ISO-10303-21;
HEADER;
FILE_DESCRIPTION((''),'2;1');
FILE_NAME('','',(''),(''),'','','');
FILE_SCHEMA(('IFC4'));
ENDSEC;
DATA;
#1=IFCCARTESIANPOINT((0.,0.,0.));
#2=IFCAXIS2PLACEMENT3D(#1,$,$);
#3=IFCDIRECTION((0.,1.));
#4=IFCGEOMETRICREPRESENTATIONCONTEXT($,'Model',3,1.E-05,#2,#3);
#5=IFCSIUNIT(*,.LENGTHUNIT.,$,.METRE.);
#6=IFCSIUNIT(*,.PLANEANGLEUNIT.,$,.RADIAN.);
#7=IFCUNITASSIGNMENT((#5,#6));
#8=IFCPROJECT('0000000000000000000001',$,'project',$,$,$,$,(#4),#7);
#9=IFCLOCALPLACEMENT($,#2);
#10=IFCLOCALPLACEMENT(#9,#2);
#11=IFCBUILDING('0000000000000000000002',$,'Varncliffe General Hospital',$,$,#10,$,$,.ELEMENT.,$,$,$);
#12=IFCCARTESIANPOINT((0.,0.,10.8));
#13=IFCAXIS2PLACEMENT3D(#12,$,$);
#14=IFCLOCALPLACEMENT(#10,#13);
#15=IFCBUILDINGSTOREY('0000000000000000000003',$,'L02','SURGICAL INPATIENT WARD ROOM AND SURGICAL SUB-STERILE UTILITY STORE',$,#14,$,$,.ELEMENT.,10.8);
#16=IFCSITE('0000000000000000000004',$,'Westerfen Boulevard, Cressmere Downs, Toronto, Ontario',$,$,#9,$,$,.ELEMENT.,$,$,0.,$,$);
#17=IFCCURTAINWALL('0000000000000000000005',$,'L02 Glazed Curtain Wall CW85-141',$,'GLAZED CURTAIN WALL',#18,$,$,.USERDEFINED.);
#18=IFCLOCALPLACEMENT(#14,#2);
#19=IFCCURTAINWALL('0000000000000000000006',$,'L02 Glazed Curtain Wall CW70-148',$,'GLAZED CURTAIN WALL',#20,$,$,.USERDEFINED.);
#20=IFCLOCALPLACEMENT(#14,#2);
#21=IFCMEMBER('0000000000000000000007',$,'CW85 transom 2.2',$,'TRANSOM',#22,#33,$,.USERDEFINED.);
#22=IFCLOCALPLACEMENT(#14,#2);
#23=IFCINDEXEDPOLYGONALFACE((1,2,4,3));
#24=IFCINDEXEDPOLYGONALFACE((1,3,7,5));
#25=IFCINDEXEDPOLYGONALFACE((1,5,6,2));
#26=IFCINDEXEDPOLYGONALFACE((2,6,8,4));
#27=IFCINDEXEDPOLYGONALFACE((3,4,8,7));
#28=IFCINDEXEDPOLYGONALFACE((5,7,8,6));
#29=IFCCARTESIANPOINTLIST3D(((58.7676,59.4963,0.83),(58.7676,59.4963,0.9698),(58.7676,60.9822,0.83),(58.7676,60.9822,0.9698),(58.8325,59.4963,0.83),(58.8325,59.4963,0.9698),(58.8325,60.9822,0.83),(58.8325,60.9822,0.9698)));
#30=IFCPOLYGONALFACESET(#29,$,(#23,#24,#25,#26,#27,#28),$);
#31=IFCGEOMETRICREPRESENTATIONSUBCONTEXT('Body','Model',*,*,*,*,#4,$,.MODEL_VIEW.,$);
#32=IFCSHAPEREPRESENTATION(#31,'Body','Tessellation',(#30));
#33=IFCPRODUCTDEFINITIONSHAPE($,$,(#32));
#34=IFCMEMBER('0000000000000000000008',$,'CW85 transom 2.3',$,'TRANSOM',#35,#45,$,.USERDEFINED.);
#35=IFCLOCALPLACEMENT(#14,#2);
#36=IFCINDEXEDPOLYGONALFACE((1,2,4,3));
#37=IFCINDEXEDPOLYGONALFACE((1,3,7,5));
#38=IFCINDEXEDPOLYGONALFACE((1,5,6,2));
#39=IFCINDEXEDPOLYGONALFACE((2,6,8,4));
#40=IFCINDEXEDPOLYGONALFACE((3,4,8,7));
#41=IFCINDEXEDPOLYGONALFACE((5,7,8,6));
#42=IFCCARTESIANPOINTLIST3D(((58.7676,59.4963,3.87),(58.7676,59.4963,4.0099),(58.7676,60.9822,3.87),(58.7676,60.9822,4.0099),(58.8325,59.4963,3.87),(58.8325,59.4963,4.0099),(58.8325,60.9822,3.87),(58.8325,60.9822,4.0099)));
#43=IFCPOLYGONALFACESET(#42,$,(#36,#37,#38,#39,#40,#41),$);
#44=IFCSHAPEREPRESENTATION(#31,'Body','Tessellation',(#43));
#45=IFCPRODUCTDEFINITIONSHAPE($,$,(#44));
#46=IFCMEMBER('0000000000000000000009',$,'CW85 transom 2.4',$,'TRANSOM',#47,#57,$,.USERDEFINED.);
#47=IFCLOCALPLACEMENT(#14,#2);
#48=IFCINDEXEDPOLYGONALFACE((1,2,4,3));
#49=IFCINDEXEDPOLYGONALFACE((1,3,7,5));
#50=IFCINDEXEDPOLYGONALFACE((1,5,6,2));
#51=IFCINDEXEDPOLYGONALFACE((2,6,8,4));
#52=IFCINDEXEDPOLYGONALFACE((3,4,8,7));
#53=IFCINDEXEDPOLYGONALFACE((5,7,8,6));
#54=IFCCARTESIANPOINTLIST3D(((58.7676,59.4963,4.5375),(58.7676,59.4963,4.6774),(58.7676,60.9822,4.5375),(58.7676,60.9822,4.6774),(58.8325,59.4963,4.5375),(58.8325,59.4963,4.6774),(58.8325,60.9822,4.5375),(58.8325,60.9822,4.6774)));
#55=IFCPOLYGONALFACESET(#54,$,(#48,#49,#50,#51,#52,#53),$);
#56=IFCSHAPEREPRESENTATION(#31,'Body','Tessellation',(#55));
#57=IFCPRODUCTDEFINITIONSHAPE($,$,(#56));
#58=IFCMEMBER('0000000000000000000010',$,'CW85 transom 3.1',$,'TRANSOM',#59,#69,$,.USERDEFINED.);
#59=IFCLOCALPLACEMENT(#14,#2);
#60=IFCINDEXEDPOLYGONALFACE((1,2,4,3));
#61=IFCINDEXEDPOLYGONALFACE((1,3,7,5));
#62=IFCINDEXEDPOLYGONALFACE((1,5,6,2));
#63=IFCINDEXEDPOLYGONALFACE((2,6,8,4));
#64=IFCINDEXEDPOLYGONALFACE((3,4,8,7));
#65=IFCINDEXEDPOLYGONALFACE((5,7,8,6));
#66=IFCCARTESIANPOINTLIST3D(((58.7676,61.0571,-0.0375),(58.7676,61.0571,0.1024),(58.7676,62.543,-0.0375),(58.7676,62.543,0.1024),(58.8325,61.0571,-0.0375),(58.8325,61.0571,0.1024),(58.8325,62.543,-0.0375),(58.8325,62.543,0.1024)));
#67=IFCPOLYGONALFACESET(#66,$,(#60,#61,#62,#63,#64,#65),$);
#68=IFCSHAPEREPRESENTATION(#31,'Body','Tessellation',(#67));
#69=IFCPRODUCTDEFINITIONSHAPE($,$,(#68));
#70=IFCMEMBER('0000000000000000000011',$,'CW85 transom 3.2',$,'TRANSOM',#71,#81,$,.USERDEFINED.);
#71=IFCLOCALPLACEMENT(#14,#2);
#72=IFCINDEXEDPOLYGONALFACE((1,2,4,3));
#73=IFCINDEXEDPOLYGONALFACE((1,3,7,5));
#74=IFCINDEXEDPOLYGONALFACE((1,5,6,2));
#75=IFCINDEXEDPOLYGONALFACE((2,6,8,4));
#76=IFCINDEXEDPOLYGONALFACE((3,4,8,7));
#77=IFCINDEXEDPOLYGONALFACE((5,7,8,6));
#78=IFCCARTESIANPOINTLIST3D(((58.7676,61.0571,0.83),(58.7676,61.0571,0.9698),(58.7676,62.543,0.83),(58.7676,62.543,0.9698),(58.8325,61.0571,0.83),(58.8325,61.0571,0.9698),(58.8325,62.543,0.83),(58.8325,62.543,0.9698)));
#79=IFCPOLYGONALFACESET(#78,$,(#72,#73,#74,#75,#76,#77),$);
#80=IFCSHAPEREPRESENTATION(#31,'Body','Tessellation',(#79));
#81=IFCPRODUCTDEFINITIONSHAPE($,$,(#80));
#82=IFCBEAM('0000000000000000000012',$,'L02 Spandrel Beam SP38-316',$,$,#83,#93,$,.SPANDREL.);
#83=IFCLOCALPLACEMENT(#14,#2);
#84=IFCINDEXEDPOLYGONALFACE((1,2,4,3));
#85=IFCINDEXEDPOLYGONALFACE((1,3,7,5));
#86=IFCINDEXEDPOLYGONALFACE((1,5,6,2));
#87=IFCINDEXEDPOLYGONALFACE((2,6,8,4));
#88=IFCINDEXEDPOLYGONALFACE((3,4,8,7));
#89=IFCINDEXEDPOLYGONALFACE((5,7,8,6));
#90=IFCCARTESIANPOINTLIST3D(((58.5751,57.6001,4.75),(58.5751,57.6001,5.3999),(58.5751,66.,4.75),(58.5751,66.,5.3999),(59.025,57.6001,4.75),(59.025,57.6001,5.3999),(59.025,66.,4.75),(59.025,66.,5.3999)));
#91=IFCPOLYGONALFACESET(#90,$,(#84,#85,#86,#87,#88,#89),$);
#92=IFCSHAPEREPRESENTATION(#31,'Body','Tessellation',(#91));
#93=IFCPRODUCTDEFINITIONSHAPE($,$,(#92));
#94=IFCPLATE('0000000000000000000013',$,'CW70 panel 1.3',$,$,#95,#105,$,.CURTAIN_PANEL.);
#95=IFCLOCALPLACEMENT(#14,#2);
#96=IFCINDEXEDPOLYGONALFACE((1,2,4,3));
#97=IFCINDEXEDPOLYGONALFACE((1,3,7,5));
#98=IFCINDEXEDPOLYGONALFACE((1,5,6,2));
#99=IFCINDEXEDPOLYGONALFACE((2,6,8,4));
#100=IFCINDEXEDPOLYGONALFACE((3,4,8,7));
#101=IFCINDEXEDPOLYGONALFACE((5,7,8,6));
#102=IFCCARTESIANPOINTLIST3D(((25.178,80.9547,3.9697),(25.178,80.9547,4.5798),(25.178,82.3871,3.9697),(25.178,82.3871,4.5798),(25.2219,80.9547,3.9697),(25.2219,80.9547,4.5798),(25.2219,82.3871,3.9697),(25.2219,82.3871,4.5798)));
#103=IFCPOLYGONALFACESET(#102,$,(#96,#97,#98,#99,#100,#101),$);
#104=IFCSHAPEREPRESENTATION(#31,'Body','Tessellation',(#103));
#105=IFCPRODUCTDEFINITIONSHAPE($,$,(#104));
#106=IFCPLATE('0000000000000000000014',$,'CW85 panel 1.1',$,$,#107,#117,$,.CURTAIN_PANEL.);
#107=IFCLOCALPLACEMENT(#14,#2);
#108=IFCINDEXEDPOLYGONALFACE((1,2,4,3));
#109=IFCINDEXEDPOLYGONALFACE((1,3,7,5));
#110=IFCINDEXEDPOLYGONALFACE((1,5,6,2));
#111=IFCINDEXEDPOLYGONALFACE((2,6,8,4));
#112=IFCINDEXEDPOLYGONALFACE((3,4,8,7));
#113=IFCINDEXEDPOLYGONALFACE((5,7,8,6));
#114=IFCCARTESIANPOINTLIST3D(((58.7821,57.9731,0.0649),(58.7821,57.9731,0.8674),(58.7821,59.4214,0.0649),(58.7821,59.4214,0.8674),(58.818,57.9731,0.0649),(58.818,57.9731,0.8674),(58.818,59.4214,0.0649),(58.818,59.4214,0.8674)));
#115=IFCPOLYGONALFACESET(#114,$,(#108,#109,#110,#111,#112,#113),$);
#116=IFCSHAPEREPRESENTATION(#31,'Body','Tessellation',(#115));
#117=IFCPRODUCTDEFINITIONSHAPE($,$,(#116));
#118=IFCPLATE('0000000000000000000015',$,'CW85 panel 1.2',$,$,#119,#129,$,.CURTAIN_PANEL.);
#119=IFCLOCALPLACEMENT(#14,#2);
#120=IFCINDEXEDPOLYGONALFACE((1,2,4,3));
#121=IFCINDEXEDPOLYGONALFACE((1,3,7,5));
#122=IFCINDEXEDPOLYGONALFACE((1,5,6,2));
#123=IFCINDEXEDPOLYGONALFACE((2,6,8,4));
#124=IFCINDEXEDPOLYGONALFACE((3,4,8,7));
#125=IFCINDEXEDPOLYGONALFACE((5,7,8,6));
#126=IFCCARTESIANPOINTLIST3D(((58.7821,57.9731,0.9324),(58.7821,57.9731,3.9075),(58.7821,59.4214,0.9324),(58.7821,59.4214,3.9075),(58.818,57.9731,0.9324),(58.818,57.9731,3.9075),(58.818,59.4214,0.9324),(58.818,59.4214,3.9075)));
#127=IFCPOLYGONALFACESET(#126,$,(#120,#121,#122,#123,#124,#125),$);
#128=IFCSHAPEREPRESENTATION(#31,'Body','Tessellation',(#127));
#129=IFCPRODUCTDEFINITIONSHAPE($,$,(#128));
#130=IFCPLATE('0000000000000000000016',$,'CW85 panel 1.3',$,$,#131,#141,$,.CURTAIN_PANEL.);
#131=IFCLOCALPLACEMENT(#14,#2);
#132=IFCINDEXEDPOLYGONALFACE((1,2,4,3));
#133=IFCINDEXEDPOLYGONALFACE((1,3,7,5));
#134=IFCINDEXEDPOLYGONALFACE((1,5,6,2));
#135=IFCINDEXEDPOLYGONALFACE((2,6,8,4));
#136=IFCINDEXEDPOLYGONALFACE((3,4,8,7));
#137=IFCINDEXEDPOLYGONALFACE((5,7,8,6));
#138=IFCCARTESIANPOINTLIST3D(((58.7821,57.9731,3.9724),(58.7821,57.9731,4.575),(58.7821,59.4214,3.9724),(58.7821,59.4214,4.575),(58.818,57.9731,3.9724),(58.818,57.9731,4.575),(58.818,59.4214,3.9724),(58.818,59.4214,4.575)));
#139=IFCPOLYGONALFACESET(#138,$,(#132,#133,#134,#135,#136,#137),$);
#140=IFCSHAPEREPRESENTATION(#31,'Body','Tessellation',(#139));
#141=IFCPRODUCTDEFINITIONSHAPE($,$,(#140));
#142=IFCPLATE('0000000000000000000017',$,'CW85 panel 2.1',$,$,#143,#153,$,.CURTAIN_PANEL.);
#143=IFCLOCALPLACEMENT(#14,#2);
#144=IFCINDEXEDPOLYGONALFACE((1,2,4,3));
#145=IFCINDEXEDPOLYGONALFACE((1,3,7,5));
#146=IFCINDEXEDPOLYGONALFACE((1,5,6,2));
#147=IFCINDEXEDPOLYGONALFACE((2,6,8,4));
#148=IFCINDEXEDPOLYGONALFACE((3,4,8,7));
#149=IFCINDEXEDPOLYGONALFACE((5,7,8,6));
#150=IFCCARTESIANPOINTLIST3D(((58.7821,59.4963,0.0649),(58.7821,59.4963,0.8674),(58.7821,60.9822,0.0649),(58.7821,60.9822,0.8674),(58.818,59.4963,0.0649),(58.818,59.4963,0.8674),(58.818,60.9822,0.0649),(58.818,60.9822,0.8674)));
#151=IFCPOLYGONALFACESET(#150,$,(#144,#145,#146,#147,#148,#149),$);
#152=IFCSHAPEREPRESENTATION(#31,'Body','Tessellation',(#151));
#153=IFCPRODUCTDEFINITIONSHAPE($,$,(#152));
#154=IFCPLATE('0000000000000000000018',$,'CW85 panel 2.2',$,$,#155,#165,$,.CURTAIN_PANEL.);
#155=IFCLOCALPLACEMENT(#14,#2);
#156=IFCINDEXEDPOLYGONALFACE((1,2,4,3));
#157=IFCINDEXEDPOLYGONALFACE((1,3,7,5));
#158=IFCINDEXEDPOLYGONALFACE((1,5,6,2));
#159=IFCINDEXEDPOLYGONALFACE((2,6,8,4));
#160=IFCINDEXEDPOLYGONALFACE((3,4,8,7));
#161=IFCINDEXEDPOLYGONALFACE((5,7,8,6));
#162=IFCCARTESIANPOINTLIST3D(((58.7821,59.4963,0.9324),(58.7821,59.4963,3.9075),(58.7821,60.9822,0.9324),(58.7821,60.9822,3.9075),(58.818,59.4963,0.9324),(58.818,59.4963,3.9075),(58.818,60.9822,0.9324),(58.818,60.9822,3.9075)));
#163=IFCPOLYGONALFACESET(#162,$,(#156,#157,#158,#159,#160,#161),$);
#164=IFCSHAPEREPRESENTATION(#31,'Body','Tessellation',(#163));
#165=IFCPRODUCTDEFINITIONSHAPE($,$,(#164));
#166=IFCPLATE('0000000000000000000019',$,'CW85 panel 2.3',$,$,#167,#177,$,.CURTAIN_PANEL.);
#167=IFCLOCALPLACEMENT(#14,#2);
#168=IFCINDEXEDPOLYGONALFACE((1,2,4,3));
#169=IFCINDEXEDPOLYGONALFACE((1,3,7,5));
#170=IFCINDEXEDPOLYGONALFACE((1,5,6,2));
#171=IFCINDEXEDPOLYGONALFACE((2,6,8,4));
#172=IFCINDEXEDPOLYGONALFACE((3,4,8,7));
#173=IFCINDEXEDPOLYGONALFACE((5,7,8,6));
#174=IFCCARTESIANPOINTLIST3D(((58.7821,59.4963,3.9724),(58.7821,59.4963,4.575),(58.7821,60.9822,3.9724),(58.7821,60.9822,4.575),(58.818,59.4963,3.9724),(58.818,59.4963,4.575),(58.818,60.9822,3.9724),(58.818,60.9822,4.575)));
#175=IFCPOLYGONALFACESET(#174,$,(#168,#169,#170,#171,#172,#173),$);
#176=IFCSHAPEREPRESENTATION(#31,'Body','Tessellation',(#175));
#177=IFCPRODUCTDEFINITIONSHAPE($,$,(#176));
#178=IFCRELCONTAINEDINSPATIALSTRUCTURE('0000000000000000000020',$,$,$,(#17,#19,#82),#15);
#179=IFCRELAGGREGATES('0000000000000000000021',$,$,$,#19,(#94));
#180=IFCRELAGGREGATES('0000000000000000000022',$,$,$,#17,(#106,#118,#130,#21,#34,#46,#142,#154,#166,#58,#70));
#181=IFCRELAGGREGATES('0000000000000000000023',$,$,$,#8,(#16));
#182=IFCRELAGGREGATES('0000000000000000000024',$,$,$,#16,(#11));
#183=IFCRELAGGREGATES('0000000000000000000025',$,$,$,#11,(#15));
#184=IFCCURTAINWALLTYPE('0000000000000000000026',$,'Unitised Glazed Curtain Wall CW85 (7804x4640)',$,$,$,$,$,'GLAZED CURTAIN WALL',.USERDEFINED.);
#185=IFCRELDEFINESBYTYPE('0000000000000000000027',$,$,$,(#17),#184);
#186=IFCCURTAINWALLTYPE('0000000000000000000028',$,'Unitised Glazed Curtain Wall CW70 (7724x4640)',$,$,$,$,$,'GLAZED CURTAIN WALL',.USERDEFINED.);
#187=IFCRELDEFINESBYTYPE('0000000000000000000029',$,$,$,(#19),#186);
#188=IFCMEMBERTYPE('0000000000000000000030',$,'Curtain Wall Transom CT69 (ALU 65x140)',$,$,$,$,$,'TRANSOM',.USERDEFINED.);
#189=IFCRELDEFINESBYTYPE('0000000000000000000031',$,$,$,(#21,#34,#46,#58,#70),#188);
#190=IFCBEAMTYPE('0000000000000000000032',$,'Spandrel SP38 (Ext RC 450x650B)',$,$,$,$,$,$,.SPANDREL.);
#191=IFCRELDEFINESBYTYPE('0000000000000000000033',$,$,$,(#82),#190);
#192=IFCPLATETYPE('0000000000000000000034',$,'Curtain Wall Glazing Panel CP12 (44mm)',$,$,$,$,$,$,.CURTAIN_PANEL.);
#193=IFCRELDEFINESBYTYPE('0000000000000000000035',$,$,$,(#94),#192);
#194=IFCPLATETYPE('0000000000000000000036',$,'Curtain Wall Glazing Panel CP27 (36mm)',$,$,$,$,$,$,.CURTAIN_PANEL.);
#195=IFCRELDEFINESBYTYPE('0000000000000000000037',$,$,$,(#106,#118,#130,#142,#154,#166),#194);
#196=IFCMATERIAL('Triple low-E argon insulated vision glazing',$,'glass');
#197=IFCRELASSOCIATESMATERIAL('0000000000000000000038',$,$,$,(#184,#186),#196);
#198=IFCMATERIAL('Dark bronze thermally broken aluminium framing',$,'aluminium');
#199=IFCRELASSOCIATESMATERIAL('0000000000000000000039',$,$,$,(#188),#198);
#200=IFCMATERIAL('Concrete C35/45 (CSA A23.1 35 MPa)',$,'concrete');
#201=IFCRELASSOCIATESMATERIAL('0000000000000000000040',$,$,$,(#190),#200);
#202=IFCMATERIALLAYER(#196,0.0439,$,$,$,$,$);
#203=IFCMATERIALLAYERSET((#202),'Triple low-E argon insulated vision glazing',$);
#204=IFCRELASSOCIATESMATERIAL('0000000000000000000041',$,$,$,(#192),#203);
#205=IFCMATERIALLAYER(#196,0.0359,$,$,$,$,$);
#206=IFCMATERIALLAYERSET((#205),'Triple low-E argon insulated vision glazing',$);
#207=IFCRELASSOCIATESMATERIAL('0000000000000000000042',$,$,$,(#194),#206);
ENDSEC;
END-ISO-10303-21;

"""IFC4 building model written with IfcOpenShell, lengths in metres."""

from ifc_helpers import new_model, si_unit, direction, frame, origin, origin_2d, place, context, subcontext, project, spatial, rectangle, extrude, material, layer, layer_set, material_profile, profile_set, type_object, element, aggregate, save


model = new_model("IFC4")

# Units and contexts
model_context = context("Model", 3, precision=1e-05, world=origin(), true_north=direction((0.0, 1.0)))
body_context = subcontext(model_context, "Body", "Model", "MODEL_VIEW")
ifc_project = project(units=[si_unit("LENGTHUNIT", "METRE"), si_unit("PLANEANGLEUNIT", "RADIAN")], contexts=[model_context])

# Site, building, storey
site_placement = place(None, origin())
site = spatial("IfcSite", under=ifc_project, at=site_placement, Name="Westerfen Boulevard, Cressmere Downs, Toronto, Ontario", CompositionType="ELEMENT", RefElevation=0.0)
building_placement = place(site_placement, origin())
building = spatial("IfcBuilding", under=site, at=building_placement, Name="Varncliffe General Hospital", CompositionType="ELEMENT")
storey_placement = place(building_placement, frame((0.0, 0.0, 10.8)))
storey = spatial("IfcBuildingStorey", under=building, at=storey_placement, Name="L02", Description="SURGICAL INPATIENT WARD ROOM AND SURGICAL SUB-STERILE UTILITY STORE", CompositionType="ELEMENT", Elevation=10.8)

# Shared definitions
ifc_material_1 = material(Name="Concrete C35/45 (CSA A23.1 35 MPa)", Category="concrete")

# Curtain walls
ifc_material_2 = material(Name="Triple low-E argon insulated vision glazing", Category="glass")
curtain_wall_type_1 = type_object("IfcCurtainWallType", Name="Unitised Glazed Curtain Wall CW85 (7804x4640)", ElementType="GLAZED CURTAIN WALL", PredefinedType="USERDEFINED", material=ifc_material_2)
curtain_wall_1_placement = place(storey_placement, origin())
curtain_wall_1 = element("IfcCurtainWall", 1, at=curtain_wall_1_placement, inside=storey, type_object=curtain_wall_type_1, Name="L02 Glazed Curtain Wall CW85-141", ObjectType="GLAZED CURTAIN WALL", PredefinedType="USERDEFINED")
ifc_material_3 = material(Name="Dark bronze thermally broken aluminium framing", Category="aluminium")
curtain_wall_type_2 = type_object("IfcCurtainWallType", Name="Unitised Glazed Curtain Wall CW70 (7724x4640)", ElementType="GLAZED CURTAIN WALL", PredefinedType="USERDEFINED", material=ifc_material_2)
curtain_wall_2_placement = place(storey_placement, origin())
curtain_wall_2 = element("IfcCurtainWall", 2, at=curtain_wall_2_placement, inside=storey, type_object=curtain_wall_type_2, Name="L02 Glazed Curtain Wall CW70-148", ObjectType="GLAZED CURTAIN WALL", PredefinedType="USERDEFINED")

# Members
ifc_material_profile_1 = material_profile(ifc_material_3, rectangle(XDim=0.0649, YDim=0.1399, at=origin_2d()), Name="ALU 65x140")
ifc_profile_set_1 = profile_set([ifc_material_profile_1], Name="Dark bronze thermally broken aluminium framing")
member_type_1 = type_object("IfcMemberType", Name="Curtain Wall Transom CT69 (ALU 65x140)", ElementType="TRANSOM", PredefinedType="USERDEFINED", material=ifc_profile_set_1)
member_1_placement = place(storey_placement, frame((58.8, 59.4963, 0.8999), z_axis=(0.0, 1.0, 0.0), x_axis=(-1.0, 0.0, 0.0)))
member_1 = element("IfcMember", 3, at=member_1_placement, type_object=member_type_1, Name="CW85 transom 2.2", ObjectType="TRANSOM", PredefinedType="USERDEFINED", context=body_context, shape_type="SweptSolid", body=[
    extrude(rectangle(XDim=0.0649, YDim=0.1399, at=origin_2d()), origin(), (0.0, 0.0, 1.0), 1.4858),
])
member_2_placement = place(storey_placement, frame((58.8, 59.4963, 3.9399), z_axis=(0.0, 1.0, 0.0), x_axis=(-1.0, 0.0, 0.0)))
member_2 = element("IfcMember", 4, at=member_2_placement, type_object=member_type_1, Name="CW85 transom 2.3", ObjectType="TRANSOM", PredefinedType="USERDEFINED", context=body_context, shape_type="SweptSolid", body=[
    extrude(rectangle(XDim=0.0649, YDim=0.1399, at=origin_2d()), origin(), (0.0, 0.0, 1.0), 1.4858),
])
member_3_placement = place(storey_placement, frame((58.8, 59.4963, 4.6074), z_axis=(0.0, 1.0, 0.0), x_axis=(-1.0, 0.0, 0.0)))
member_3 = element("IfcMember", 5, at=member_3_placement, type_object=member_type_1, Name="CW85 transom 2.4", ObjectType="TRANSOM", PredefinedType="USERDEFINED", context=body_context, shape_type="SweptSolid", body=[
    extrude(rectangle(XDim=0.0649, YDim=0.1399, at=origin_2d()), origin(), (0.0, 0.0, 1.0), 1.4858),
])
member_4_placement = place(storey_placement, frame((58.8, 61.0571, 0.0325), z_axis=(0.0, 1.0, 0.0), x_axis=(-1.0, 0.0, 0.0)))
member_4 = element("IfcMember", 6, at=member_4_placement, type_object=member_type_1, Name="CW85 transom 3.1", ObjectType="TRANSOM", PredefinedType="USERDEFINED", context=body_context, shape_type="SweptSolid", body=[
    extrude(rectangle(XDim=0.0649, YDim=0.1399, at=origin_2d()), origin(), (0.0, 0.0, 1.0), 1.4858),
])
member_5_placement = place(storey_placement, frame((58.8, 61.0571, 0.8999), z_axis=(0.0, 1.0, 0.0), x_axis=(-1.0, 0.0, 0.0)))
member_5 = element("IfcMember", 7, at=member_5_placement, type_object=member_type_1, Name="CW85 transom 3.2", ObjectType="TRANSOM", PredefinedType="USERDEFINED", context=body_context, shape_type="SweptSolid", body=[
    extrude(rectangle(XDim=0.0649, YDim=0.1399, at=origin_2d()), origin(), (0.0, 0.0, 1.0), 1.4858),
])

# Beam
ifc_material_profile_2 = material_profile(ifc_material_1, rectangle(XDim=0.45, YDim=0.6499, at=origin_2d()), Name="RC 450x650")
ifc_profile_set_2 = profile_set([ifc_material_profile_2], Name="Concrete C35/45 (CSA A23.1 35 MPa)")
beam_type_1 = type_object("IfcBeamType", Name="Spandrel SP38 (Ext RC 450x650B)", PredefinedType="SPANDREL", material=ifc_profile_set_2)
beam_1_placement = place(storey_placement, frame((58.8, 57.6001, 5.075), z_axis=(0.0, 1.0, 0.0), x_axis=(-1.0, 0.0, 0.0)))
element("IfcBeam", 8, at=beam_1_placement, inside=storey, type_object=beam_type_1, Name="L02 Spandrel Beam SP38-316", PredefinedType="SPANDREL", context=body_context, shape_type="SweptSolid", body=[
    extrude(rectangle(XDim=0.45, YDim=0.6499, at=origin_2d()), origin(), (0.0, 0.0, 1.0), 8.3999),
])

# Plates
ifc_layer_1 = layer(ifc_material_2, 0.0439)
ifc_layer_set_1 = layer_set([ifc_layer_1], Name="Triple low-E argon insulated vision glazing")
plate_type_1 = type_object("IfcPlateType", Name="Curtain Wall Glazing Panel CP12 (44mm)", PredefinedType="CURTAIN_PANEL", material=ifc_layer_set_1)
plate_1_placement = place(storey_placement, frame((25.2, 81.6709, 3.9697), z_axis=(0.0, 0.0, 1.0), x_axis=(0.0, -1.0, 0.0)))
plate_1 = element("IfcPlate", 9, at=plate_1_placement, type_object=plate_type_1, Name="CW70 panel 1.3", PredefinedType="CURTAIN_PANEL", context=body_context, shape_type="SweptSolid", body=[
    extrude(rectangle(XDim=1.4324, YDim=0.0439, at=origin_2d()), origin(), (0.0, 0.0, 1.0), 0.6101),
])
aggregate(curtain_wall_2, [plate_1])
ifc_layer_2 = layer(ifc_material_2, 0.0359)
ifc_layer_set_2 = layer_set([ifc_layer_2], Name="Triple low-E argon insulated vision glazing")
plate_type_2 = type_object("IfcPlateType", Name="Curtain Wall Glazing Panel CP27 (36mm)", PredefinedType="CURTAIN_PANEL", material=ifc_layer_set_2)
plate_2_placement = place(storey_placement, frame((58.8, 58.6973, 0.0649), z_axis=(0.0, 0.0, 1.0), x_axis=(0.0, 1.0, 0.0)))
plate_2 = element("IfcPlate", 10, at=plate_2_placement, type_object=plate_type_2, Name="CW85 panel 1.1", PredefinedType="CURTAIN_PANEL", context=body_context, shape_type="SweptSolid", body=[
    extrude(rectangle(XDim=1.4482, YDim=0.0359, at=origin_2d()), origin(), (0.0, 0.0, 1.0), 0.8025),
])
plate_3_placement = place(storey_placement, frame((58.8, 58.6973, 0.9324), z_axis=(0.0, 0.0, 1.0), x_axis=(0.0, 1.0, 0.0)))
plate_3 = element("IfcPlate", 11, at=plate_3_placement, type_object=plate_type_2, Name="CW85 panel 1.2", PredefinedType="CURTAIN_PANEL", context=body_context, shape_type="SweptSolid", body=[
    extrude(rectangle(XDim=1.4482, YDim=0.0359, at=origin_2d()), origin(), (0.0, 0.0, 1.0), 2.9751),
])
plate_4_placement = place(storey_placement, frame((58.8, 58.6973, 3.9724), z_axis=(0.0, 0.0, 1.0), x_axis=(0.0, 1.0, 0.0)))
plate_4 = element("IfcPlate", 12, at=plate_4_placement, type_object=plate_type_2, Name="CW85 panel 1.3", PredefinedType="CURTAIN_PANEL", context=body_context, shape_type="SweptSolid", body=[
    extrude(rectangle(XDim=1.4482, YDim=0.0359, at=origin_2d()), origin(), (0.0, 0.0, 1.0), 0.6025),
])
plate_5_placement = place(storey_placement, frame((58.8, 60.2393, 0.0649), z_axis=(0.0, 0.0, 1.0), x_axis=(0.0, 1.0, 0.0)))
plate_5 = element("IfcPlate", 13, at=plate_5_placement, type_object=plate_type_2, Name="CW85 panel 2.1", PredefinedType="CURTAIN_PANEL", context=body_context, shape_type="SweptSolid", body=[
    extrude(rectangle(XDim=1.4858, YDim=0.0359, at=origin_2d()), origin(), (0.0, 0.0, 1.0), 0.8025),
])
plate_6_placement = place(storey_placement, frame((58.8, 60.2393, 0.9324), z_axis=(0.0, 0.0, 1.0), x_axis=(0.0, 1.0, 0.0)))
plate_6 = element("IfcPlate", 14, at=plate_6_placement, type_object=plate_type_2, Name="CW85 panel 2.2", PredefinedType="CURTAIN_PANEL", context=body_context, shape_type="SweptSolid", body=[
    extrude(rectangle(XDim=1.4858, YDim=0.0359, at=origin_2d()), origin(), (0.0, 0.0, 1.0), 2.9751),
])
plate_7_placement = place(storey_placement, frame((58.8, 60.2393, 3.9724), z_axis=(0.0, 0.0, 1.0), x_axis=(0.0, 1.0, 0.0)))
plate_7 = element("IfcPlate", 15, at=plate_7_placement, type_object=plate_type_2, Name="CW85 panel 2.3", PredefinedType="CURTAIN_PANEL", context=body_context, shape_type="SweptSolid", body=[
    extrude(rectangle(XDim=1.4858, YDim=0.0359, at=origin_2d()), origin(), (0.0, 0.0, 1.0), 0.6025),
])
aggregate(curtain_wall_1, [plate_2, plate_3, plate_4, member_1, member_2, member_3, plate_5, plate_6, plate_7, member_4, member_5])

save(model, "model.ifc")
